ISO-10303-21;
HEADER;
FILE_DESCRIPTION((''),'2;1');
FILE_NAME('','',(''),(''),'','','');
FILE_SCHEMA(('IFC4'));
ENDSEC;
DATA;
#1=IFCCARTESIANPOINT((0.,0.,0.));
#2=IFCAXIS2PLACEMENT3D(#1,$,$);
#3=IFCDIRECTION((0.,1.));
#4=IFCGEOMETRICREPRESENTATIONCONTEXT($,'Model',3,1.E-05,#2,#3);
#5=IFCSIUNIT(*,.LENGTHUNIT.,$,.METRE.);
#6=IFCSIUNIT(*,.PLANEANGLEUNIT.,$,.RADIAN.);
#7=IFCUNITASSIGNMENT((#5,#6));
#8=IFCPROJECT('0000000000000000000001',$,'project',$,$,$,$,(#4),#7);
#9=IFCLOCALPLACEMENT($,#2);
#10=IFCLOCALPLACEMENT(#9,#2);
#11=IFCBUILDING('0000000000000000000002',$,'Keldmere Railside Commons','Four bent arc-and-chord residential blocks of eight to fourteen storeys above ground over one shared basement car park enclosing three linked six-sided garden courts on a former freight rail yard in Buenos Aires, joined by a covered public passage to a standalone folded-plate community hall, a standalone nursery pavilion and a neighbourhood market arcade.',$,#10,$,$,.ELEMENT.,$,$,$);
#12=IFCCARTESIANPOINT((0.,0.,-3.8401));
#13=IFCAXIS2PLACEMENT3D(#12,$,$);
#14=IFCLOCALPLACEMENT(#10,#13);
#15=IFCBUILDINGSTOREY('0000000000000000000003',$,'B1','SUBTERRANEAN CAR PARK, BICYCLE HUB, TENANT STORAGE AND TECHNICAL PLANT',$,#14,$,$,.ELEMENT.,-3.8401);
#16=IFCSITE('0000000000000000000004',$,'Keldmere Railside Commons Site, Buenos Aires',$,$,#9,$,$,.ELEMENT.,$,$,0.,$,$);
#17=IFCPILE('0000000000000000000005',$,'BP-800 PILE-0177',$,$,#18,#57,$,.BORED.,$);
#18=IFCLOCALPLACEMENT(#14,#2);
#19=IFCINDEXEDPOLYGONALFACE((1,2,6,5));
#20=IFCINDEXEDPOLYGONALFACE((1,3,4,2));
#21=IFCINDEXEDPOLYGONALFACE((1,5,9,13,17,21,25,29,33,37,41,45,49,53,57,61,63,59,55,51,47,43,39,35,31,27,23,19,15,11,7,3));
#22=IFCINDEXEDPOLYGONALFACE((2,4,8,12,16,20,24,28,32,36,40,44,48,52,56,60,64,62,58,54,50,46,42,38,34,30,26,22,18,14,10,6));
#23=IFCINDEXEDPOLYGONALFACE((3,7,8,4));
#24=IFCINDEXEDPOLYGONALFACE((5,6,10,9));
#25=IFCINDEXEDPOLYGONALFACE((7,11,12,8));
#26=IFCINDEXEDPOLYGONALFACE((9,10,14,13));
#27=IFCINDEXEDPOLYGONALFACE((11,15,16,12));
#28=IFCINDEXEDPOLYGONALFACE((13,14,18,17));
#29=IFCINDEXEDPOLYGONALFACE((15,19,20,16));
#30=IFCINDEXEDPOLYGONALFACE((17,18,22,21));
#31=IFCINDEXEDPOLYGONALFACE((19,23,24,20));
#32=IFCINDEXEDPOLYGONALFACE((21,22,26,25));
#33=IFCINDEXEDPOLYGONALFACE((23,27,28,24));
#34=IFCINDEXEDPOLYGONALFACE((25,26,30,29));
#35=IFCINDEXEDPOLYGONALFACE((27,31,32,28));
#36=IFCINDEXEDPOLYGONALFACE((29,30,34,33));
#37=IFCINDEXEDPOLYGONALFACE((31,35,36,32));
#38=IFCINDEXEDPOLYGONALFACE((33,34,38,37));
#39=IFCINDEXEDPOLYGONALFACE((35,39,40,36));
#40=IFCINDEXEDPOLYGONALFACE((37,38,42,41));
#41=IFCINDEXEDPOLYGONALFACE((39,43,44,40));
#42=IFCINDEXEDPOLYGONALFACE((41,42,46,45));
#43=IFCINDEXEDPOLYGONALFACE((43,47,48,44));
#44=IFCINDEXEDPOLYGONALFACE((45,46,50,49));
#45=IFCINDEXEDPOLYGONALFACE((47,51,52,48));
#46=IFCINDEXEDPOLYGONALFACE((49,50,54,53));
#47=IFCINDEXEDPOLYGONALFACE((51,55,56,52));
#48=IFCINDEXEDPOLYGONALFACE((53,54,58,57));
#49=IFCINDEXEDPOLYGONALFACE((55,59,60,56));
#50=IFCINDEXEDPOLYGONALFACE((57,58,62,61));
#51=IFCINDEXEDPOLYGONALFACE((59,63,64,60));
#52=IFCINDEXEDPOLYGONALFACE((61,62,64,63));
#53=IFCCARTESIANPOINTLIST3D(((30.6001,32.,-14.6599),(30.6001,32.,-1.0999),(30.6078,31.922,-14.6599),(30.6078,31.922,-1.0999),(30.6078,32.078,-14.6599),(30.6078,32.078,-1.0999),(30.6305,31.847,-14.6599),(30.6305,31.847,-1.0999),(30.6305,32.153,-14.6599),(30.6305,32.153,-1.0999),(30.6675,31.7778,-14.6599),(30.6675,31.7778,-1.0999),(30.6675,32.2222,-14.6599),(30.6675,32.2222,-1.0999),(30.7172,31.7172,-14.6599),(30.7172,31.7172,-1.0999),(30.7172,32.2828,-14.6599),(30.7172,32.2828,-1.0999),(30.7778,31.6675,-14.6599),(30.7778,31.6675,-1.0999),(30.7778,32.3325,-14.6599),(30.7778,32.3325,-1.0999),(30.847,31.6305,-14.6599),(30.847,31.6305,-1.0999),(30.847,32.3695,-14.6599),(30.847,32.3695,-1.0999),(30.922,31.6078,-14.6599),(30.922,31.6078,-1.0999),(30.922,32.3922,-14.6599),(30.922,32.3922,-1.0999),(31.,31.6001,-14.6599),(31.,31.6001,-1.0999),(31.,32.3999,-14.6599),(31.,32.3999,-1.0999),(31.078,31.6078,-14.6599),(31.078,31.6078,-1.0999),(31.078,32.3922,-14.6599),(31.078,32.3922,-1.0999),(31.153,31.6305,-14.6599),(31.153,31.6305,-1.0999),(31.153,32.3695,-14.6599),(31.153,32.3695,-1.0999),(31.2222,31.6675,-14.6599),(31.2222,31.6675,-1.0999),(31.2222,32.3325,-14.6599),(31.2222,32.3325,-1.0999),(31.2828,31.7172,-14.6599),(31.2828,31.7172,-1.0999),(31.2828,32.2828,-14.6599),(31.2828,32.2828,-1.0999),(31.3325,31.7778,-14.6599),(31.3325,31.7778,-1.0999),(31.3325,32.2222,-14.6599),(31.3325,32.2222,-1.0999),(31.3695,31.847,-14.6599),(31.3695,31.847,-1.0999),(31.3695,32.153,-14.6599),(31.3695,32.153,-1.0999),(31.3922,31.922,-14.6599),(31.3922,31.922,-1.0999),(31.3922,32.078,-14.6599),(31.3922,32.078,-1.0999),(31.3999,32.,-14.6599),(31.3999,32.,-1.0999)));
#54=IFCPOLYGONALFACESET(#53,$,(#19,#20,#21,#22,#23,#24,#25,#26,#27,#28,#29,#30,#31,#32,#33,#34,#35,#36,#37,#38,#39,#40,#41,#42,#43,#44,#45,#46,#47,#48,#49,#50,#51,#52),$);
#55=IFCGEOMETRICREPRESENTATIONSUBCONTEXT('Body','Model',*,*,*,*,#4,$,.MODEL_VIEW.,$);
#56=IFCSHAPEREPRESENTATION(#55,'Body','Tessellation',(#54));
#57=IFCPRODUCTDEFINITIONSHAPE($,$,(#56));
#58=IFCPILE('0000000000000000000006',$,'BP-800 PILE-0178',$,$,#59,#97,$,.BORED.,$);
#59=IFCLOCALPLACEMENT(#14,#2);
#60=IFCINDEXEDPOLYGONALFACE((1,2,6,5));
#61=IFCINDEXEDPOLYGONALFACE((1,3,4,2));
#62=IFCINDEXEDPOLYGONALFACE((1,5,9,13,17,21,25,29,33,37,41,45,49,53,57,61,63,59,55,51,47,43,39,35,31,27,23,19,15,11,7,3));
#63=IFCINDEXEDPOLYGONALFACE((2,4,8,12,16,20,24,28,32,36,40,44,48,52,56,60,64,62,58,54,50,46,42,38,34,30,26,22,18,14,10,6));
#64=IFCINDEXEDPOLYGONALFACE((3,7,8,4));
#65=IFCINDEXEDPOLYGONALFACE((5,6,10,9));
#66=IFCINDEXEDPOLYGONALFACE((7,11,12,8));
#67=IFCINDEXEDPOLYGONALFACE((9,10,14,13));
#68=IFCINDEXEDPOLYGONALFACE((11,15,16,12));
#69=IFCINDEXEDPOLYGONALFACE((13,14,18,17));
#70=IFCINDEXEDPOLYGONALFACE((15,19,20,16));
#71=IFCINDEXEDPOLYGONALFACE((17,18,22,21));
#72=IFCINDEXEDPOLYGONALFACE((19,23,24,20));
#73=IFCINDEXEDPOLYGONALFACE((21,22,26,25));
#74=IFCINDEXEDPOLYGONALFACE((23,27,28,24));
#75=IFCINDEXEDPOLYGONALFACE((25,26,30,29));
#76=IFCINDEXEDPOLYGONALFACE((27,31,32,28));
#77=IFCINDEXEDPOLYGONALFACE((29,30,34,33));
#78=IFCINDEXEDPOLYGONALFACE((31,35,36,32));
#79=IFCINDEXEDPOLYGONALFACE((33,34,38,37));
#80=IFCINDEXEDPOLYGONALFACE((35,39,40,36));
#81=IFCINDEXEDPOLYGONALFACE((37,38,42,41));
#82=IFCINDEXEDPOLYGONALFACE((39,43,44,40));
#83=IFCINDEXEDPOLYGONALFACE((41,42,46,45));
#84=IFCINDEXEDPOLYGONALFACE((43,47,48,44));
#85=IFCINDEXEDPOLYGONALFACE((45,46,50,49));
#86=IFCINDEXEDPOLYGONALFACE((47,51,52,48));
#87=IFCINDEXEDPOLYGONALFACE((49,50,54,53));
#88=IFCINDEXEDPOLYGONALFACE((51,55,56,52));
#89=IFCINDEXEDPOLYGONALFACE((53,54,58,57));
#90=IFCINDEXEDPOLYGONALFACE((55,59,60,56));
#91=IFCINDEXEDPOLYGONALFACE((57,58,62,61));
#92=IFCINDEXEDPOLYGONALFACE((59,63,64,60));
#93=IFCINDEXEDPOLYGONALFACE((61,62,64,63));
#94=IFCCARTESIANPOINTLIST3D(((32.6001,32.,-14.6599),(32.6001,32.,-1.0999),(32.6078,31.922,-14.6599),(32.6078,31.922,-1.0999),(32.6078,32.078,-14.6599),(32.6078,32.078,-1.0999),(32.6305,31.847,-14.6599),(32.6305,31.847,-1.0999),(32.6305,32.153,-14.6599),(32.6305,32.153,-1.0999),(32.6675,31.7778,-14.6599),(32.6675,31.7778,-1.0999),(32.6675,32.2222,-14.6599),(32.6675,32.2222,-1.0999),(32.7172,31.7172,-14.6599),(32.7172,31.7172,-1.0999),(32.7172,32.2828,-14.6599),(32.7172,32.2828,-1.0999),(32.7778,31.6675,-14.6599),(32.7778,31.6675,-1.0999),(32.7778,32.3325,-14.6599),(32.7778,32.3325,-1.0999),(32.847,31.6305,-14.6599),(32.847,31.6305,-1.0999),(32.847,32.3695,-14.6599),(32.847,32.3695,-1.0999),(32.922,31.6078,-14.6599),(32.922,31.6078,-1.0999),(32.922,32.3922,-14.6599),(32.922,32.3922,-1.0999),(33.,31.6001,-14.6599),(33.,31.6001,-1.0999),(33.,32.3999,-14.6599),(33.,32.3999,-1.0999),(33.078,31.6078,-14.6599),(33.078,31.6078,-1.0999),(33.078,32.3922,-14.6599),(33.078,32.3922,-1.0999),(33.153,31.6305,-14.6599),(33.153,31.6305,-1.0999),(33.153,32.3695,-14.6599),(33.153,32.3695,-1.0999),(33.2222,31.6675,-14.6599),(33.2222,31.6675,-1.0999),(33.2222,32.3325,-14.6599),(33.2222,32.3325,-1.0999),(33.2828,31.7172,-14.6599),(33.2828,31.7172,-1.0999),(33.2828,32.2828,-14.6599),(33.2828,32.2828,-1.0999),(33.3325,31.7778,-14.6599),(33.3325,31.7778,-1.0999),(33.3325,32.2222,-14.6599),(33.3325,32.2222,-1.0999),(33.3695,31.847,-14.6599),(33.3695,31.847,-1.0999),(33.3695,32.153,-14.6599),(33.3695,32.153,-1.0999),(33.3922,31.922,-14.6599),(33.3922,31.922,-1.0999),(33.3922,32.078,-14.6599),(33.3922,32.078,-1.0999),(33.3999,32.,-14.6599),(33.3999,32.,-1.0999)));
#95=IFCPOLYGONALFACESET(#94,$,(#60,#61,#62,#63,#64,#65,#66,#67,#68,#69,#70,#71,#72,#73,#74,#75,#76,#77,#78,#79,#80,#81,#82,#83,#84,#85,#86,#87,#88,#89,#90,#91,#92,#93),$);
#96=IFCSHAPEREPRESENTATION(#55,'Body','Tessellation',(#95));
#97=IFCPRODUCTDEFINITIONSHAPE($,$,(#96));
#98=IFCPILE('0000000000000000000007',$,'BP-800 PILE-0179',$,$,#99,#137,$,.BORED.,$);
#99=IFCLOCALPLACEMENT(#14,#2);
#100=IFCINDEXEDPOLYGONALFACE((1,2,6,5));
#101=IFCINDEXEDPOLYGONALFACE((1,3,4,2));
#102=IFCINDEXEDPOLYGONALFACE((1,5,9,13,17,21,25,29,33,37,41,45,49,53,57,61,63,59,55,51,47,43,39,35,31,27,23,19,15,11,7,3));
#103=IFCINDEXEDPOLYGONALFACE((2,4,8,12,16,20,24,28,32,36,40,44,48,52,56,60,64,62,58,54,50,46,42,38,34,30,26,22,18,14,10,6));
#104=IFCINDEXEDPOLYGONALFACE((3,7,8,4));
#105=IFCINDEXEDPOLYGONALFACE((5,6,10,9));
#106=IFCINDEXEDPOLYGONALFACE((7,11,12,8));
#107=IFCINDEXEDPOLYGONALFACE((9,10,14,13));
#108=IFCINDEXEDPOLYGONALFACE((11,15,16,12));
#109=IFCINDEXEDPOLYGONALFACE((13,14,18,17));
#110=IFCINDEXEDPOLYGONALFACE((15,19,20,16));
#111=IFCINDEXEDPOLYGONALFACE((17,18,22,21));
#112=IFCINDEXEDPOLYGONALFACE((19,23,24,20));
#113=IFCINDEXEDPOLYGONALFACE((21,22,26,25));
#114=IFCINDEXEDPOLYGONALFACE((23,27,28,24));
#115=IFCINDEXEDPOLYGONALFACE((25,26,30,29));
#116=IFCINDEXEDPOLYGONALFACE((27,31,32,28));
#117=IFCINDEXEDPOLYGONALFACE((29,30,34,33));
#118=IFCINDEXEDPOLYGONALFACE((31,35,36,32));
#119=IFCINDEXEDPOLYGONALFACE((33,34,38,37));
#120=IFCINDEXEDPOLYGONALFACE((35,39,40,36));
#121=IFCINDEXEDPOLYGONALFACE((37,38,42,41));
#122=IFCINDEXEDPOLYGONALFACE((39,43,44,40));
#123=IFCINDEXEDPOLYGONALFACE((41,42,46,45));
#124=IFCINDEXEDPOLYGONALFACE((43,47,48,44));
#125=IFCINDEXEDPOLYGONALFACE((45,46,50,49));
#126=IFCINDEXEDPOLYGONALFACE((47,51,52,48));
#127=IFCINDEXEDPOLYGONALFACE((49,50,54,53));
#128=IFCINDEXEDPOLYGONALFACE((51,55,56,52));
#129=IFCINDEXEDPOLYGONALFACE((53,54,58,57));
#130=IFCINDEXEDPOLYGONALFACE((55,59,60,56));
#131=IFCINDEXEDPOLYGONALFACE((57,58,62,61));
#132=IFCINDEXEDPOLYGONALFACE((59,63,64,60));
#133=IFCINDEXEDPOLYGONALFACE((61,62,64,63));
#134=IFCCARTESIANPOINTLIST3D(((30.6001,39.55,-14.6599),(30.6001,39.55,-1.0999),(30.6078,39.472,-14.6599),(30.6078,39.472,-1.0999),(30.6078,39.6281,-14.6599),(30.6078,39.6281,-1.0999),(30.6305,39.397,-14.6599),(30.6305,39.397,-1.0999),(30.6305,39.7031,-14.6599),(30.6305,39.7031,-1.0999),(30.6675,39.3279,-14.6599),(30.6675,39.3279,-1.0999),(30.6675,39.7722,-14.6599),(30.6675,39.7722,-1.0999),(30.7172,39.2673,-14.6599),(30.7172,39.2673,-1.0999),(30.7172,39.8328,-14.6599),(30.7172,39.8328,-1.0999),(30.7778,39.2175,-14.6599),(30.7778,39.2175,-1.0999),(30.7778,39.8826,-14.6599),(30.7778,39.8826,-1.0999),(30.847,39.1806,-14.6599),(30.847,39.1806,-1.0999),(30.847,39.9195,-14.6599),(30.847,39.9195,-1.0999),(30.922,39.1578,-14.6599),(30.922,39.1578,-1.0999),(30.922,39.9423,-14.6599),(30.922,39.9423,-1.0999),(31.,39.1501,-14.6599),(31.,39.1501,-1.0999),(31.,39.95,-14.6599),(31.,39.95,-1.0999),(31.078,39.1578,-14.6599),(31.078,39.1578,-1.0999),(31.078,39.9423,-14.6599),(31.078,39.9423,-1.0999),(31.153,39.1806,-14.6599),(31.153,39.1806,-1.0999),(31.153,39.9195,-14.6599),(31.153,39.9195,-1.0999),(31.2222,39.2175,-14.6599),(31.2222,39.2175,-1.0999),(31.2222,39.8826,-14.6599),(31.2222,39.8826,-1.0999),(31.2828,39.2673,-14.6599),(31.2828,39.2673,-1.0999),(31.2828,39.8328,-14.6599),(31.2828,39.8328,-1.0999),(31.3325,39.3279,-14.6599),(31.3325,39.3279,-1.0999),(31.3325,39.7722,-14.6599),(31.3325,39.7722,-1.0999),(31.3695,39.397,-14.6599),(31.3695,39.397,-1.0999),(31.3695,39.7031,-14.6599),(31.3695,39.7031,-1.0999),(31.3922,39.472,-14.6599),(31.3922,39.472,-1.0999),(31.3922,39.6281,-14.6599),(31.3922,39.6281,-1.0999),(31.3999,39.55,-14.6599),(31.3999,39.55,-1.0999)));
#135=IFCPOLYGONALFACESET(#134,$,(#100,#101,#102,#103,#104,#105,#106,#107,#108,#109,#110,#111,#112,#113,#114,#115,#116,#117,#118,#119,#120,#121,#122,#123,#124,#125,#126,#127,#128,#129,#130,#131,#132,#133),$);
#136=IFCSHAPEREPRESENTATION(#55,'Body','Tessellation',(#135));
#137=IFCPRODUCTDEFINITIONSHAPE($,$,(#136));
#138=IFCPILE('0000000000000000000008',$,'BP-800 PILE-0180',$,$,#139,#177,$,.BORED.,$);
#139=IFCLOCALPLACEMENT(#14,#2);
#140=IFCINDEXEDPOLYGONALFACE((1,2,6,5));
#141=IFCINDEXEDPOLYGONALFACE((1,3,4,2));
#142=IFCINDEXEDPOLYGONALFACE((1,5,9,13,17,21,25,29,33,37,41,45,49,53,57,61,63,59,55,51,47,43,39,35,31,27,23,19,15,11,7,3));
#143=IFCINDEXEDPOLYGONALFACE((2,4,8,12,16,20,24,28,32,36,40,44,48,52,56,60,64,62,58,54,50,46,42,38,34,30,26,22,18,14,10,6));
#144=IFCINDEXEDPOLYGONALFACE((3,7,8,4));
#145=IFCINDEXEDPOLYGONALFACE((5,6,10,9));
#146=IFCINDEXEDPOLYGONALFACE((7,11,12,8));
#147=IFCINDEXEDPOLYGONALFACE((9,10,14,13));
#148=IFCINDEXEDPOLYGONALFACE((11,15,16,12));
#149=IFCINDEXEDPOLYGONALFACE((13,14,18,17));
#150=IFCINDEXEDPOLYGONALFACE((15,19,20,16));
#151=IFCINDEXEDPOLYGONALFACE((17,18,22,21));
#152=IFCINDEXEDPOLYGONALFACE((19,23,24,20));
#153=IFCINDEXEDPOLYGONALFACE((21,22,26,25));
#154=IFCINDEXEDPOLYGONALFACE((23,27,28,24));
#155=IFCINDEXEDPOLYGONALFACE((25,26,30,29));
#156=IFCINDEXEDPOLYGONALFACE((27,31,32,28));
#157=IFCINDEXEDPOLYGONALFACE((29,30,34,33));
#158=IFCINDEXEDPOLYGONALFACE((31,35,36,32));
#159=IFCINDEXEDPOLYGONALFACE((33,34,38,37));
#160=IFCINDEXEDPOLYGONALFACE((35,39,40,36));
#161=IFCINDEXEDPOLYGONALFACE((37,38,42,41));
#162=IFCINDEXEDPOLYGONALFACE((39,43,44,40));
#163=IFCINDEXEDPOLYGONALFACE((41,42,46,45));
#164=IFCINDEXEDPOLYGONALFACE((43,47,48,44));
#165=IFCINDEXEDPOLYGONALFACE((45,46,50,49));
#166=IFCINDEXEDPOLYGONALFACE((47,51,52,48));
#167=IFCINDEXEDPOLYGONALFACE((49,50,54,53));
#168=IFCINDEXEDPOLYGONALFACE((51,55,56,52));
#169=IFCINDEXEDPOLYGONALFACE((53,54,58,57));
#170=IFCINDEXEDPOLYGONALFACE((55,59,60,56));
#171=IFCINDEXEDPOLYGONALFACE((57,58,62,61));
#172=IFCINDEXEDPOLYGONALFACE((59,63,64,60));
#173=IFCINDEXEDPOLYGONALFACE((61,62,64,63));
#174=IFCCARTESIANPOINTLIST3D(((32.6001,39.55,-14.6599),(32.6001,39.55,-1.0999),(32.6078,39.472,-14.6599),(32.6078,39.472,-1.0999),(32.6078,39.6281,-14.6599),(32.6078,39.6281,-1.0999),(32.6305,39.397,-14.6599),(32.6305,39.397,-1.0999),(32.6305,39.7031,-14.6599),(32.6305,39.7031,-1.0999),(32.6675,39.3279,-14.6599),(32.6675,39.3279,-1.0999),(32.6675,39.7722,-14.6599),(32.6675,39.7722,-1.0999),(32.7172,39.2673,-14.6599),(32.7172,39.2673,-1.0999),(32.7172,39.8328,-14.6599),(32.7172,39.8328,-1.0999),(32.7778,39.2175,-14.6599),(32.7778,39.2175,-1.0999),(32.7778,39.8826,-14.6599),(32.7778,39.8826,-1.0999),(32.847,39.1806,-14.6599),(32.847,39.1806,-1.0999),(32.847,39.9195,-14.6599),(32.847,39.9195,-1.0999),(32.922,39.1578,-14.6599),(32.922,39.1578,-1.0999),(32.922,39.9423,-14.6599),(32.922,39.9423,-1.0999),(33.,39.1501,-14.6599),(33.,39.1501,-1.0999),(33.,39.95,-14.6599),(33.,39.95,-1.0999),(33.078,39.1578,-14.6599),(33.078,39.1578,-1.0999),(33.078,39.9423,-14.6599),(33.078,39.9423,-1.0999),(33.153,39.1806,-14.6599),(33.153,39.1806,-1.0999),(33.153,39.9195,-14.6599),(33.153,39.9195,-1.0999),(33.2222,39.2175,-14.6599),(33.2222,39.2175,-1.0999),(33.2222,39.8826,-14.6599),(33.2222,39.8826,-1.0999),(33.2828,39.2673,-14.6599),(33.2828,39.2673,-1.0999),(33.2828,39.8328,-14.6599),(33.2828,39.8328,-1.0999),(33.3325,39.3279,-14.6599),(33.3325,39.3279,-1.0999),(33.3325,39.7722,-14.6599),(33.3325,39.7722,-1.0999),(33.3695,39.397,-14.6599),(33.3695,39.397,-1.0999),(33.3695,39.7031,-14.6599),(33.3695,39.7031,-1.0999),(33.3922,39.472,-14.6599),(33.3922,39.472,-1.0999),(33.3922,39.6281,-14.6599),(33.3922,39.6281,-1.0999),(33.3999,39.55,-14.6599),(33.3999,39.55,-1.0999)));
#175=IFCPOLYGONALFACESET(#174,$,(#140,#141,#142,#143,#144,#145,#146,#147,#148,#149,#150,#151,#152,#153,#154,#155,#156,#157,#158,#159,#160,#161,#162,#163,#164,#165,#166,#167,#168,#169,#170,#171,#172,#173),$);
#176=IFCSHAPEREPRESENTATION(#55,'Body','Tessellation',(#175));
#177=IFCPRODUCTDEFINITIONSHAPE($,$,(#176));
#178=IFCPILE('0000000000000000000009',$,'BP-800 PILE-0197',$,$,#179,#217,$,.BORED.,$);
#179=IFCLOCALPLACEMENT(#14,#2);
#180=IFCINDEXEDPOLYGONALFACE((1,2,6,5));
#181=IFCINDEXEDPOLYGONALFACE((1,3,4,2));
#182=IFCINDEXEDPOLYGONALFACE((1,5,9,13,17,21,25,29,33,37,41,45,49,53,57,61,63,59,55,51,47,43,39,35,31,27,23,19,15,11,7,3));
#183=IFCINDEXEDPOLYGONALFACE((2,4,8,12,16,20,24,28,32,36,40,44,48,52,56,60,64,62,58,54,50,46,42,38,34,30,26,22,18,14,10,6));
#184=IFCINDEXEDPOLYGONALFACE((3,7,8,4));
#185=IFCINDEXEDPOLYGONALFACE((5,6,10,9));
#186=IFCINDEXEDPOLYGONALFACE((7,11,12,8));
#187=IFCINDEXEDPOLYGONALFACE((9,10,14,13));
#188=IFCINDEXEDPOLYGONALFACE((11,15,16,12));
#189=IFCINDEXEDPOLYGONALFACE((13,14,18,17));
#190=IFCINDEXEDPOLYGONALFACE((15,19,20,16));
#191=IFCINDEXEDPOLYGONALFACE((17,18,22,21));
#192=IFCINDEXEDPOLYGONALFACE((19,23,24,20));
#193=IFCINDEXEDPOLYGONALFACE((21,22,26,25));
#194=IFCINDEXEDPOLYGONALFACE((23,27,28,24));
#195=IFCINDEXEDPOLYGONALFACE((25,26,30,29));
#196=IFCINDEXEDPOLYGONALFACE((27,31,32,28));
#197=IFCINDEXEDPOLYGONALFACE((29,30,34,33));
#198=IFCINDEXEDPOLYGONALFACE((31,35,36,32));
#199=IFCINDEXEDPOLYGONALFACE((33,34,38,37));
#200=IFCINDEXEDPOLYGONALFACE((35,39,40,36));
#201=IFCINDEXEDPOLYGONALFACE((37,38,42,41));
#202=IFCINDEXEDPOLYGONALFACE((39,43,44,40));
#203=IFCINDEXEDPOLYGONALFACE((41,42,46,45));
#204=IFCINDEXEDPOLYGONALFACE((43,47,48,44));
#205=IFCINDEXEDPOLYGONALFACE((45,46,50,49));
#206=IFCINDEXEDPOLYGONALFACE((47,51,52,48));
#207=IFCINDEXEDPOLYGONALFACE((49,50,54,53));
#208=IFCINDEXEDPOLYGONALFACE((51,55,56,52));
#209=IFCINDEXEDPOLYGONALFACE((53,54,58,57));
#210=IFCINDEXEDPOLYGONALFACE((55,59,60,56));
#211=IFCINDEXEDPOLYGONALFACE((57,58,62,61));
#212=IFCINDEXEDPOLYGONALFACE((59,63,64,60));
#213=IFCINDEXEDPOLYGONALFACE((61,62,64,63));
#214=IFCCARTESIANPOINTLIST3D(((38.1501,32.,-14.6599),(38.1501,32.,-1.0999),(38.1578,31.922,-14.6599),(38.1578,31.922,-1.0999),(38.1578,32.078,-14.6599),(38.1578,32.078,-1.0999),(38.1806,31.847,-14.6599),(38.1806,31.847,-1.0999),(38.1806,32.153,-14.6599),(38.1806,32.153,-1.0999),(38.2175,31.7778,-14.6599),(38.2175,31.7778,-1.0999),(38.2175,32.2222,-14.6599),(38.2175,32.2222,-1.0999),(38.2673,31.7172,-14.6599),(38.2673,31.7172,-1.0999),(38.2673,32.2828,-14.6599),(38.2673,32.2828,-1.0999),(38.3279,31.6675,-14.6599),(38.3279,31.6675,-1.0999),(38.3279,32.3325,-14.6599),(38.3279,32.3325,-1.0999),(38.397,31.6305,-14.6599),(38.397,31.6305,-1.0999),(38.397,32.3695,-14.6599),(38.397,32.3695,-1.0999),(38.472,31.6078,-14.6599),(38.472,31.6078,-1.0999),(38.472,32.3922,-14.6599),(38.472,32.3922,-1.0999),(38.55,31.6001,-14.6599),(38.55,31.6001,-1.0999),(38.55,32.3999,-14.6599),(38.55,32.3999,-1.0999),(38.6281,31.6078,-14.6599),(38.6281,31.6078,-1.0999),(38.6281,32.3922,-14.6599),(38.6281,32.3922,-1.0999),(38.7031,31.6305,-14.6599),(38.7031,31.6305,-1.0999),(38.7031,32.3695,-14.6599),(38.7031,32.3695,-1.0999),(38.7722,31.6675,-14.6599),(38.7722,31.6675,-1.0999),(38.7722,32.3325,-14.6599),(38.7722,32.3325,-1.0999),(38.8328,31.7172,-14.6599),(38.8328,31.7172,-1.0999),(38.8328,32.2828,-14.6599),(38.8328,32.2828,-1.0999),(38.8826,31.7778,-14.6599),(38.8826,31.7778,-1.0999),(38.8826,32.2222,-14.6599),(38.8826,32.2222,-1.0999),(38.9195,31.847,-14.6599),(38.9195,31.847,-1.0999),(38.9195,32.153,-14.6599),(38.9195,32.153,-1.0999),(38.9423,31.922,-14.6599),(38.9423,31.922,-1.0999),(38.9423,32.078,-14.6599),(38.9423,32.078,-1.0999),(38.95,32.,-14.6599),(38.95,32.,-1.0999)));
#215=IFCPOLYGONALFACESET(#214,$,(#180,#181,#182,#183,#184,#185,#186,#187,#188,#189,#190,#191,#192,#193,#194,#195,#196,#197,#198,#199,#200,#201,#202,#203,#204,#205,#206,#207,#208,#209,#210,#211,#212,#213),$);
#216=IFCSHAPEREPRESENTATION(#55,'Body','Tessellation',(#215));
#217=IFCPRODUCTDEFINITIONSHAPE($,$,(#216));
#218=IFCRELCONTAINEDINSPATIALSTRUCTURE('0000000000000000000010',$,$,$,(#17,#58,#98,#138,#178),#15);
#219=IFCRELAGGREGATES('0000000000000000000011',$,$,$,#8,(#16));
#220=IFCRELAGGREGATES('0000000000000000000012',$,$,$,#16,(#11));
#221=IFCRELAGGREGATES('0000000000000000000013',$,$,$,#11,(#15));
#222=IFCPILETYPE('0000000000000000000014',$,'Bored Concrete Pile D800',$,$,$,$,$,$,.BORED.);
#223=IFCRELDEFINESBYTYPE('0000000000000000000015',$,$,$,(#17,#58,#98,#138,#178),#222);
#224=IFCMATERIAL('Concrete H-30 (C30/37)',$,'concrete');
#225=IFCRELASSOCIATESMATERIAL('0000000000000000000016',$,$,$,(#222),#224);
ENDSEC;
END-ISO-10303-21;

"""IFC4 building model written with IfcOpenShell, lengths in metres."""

from ifc_helpers import new_model, si_unit, direction, frame, origin, origin_2d, place, context, subcontext, project, spatial, circle, extrude, material, material_profile, profile_set, type_object, element, save


model = new_model("IFC4")

# Units and contexts
model_context = context("Model", 3, precision=1e-05, world=origin(), true_north=direction((0.0, 1.0)))
body_context = subcontext(model_context, "Body", "Model", "MODEL_VIEW")
ifc_project = project(units=[si_unit("LENGTHUNIT", "METRE"), si_unit("PLANEANGLEUNIT", "RADIAN")], contexts=[model_context])

# Site, building, storey
site_placement = place(None, origin())
site = spatial("IfcSite", under=ifc_project, at=site_placement, Name="Keldmere Railside Commons Site, Buenos Aires", CompositionType="ELEMENT", RefElevation=0.0)
building_placement = place(site_placement, origin())
building = spatial("IfcBuilding", under=site, at=building_placement, Name="Keldmere Railside Commons", Description="Four bent arc-and-chord residential blocks of eight to fourteen storeys above ground over one shared basement car park enclosing three linked six-sided garden courts on a former freight rail yard in Buenos Aires, joined by a covered public passage to a standalone folded-plate community hall, a standalone nursery pavilion and a neighbourhood market arcade.", CompositionType="ELEMENT")
storey_placement = place(building_placement, frame((0.0, 0.0, -3.8401)))
storey = spatial("IfcBuildingStorey", under=building, at=storey_placement, Name="B1", Description="SUBTERRANEAN CAR PARK, BICYCLE HUB, TENANT STORAGE AND TECHNICAL PLANT", CompositionType="ELEMENT", Elevation=-3.8401)

# Piles
ifc_material_1 = material(Name="Concrete H-30 (C30/37)", Category="concrete")
ifc_material_profile_1 = material_profile(ifc_material_1, circle(Radius=0.3999, at=origin_2d()), Name="PILE-D800")
ifc_profile_set_1 = profile_set([ifc_material_profile_1], Name="Concrete H-30 (C30/37)")
pile_type = type_object("IfcPileType", Name="Bored Concrete Pile D800", PredefinedType="BORED", material=ifc_profile_set_1)
for number, where, z_axis, x_axis, name in (
    (1, (31.0, 32.0, -1.0999), (0.0, 0.0, -1.0), (1.0, 0.0, 0.0), "BP-800 PILE-0177"),
    (2, (33.0, 32.0, -1.0999), (0.0, 0.0, -1.0), (1.0, 0.0, 0.0), "BP-800 PILE-0178"),
    (3, (31.0, 39.55, -1.0999), (0.0, 0.0, -1.0), (1.0, 0.0, 0.0), "BP-800 PILE-0179"),
    (4, (33.0, 39.55, -1.0999), (0.0, 0.0, -1.0), (1.0, 0.0, 0.0), "BP-800 PILE-0180"),
    (5, (38.55, 32.0, -1.0999), (0.0, 0.0, -1.0), (1.0, 0.0, 0.0), "BP-800 PILE-0197"),
):
    element("IfcPile", number, at=place(storey_placement, frame(where, z_axis=z_axis, x_axis=x_axis)), inside=storey, type_object=pile_type, Name=name, PredefinedType="BORED", context=body_context, shape_type="SweptSolid", body=[
        extrude(circle(Radius=0.3999, at=origin_2d()), origin(), (0.0, 0.0, 1.0), 13.5601),
    ])

save(model, "model.ifc")
